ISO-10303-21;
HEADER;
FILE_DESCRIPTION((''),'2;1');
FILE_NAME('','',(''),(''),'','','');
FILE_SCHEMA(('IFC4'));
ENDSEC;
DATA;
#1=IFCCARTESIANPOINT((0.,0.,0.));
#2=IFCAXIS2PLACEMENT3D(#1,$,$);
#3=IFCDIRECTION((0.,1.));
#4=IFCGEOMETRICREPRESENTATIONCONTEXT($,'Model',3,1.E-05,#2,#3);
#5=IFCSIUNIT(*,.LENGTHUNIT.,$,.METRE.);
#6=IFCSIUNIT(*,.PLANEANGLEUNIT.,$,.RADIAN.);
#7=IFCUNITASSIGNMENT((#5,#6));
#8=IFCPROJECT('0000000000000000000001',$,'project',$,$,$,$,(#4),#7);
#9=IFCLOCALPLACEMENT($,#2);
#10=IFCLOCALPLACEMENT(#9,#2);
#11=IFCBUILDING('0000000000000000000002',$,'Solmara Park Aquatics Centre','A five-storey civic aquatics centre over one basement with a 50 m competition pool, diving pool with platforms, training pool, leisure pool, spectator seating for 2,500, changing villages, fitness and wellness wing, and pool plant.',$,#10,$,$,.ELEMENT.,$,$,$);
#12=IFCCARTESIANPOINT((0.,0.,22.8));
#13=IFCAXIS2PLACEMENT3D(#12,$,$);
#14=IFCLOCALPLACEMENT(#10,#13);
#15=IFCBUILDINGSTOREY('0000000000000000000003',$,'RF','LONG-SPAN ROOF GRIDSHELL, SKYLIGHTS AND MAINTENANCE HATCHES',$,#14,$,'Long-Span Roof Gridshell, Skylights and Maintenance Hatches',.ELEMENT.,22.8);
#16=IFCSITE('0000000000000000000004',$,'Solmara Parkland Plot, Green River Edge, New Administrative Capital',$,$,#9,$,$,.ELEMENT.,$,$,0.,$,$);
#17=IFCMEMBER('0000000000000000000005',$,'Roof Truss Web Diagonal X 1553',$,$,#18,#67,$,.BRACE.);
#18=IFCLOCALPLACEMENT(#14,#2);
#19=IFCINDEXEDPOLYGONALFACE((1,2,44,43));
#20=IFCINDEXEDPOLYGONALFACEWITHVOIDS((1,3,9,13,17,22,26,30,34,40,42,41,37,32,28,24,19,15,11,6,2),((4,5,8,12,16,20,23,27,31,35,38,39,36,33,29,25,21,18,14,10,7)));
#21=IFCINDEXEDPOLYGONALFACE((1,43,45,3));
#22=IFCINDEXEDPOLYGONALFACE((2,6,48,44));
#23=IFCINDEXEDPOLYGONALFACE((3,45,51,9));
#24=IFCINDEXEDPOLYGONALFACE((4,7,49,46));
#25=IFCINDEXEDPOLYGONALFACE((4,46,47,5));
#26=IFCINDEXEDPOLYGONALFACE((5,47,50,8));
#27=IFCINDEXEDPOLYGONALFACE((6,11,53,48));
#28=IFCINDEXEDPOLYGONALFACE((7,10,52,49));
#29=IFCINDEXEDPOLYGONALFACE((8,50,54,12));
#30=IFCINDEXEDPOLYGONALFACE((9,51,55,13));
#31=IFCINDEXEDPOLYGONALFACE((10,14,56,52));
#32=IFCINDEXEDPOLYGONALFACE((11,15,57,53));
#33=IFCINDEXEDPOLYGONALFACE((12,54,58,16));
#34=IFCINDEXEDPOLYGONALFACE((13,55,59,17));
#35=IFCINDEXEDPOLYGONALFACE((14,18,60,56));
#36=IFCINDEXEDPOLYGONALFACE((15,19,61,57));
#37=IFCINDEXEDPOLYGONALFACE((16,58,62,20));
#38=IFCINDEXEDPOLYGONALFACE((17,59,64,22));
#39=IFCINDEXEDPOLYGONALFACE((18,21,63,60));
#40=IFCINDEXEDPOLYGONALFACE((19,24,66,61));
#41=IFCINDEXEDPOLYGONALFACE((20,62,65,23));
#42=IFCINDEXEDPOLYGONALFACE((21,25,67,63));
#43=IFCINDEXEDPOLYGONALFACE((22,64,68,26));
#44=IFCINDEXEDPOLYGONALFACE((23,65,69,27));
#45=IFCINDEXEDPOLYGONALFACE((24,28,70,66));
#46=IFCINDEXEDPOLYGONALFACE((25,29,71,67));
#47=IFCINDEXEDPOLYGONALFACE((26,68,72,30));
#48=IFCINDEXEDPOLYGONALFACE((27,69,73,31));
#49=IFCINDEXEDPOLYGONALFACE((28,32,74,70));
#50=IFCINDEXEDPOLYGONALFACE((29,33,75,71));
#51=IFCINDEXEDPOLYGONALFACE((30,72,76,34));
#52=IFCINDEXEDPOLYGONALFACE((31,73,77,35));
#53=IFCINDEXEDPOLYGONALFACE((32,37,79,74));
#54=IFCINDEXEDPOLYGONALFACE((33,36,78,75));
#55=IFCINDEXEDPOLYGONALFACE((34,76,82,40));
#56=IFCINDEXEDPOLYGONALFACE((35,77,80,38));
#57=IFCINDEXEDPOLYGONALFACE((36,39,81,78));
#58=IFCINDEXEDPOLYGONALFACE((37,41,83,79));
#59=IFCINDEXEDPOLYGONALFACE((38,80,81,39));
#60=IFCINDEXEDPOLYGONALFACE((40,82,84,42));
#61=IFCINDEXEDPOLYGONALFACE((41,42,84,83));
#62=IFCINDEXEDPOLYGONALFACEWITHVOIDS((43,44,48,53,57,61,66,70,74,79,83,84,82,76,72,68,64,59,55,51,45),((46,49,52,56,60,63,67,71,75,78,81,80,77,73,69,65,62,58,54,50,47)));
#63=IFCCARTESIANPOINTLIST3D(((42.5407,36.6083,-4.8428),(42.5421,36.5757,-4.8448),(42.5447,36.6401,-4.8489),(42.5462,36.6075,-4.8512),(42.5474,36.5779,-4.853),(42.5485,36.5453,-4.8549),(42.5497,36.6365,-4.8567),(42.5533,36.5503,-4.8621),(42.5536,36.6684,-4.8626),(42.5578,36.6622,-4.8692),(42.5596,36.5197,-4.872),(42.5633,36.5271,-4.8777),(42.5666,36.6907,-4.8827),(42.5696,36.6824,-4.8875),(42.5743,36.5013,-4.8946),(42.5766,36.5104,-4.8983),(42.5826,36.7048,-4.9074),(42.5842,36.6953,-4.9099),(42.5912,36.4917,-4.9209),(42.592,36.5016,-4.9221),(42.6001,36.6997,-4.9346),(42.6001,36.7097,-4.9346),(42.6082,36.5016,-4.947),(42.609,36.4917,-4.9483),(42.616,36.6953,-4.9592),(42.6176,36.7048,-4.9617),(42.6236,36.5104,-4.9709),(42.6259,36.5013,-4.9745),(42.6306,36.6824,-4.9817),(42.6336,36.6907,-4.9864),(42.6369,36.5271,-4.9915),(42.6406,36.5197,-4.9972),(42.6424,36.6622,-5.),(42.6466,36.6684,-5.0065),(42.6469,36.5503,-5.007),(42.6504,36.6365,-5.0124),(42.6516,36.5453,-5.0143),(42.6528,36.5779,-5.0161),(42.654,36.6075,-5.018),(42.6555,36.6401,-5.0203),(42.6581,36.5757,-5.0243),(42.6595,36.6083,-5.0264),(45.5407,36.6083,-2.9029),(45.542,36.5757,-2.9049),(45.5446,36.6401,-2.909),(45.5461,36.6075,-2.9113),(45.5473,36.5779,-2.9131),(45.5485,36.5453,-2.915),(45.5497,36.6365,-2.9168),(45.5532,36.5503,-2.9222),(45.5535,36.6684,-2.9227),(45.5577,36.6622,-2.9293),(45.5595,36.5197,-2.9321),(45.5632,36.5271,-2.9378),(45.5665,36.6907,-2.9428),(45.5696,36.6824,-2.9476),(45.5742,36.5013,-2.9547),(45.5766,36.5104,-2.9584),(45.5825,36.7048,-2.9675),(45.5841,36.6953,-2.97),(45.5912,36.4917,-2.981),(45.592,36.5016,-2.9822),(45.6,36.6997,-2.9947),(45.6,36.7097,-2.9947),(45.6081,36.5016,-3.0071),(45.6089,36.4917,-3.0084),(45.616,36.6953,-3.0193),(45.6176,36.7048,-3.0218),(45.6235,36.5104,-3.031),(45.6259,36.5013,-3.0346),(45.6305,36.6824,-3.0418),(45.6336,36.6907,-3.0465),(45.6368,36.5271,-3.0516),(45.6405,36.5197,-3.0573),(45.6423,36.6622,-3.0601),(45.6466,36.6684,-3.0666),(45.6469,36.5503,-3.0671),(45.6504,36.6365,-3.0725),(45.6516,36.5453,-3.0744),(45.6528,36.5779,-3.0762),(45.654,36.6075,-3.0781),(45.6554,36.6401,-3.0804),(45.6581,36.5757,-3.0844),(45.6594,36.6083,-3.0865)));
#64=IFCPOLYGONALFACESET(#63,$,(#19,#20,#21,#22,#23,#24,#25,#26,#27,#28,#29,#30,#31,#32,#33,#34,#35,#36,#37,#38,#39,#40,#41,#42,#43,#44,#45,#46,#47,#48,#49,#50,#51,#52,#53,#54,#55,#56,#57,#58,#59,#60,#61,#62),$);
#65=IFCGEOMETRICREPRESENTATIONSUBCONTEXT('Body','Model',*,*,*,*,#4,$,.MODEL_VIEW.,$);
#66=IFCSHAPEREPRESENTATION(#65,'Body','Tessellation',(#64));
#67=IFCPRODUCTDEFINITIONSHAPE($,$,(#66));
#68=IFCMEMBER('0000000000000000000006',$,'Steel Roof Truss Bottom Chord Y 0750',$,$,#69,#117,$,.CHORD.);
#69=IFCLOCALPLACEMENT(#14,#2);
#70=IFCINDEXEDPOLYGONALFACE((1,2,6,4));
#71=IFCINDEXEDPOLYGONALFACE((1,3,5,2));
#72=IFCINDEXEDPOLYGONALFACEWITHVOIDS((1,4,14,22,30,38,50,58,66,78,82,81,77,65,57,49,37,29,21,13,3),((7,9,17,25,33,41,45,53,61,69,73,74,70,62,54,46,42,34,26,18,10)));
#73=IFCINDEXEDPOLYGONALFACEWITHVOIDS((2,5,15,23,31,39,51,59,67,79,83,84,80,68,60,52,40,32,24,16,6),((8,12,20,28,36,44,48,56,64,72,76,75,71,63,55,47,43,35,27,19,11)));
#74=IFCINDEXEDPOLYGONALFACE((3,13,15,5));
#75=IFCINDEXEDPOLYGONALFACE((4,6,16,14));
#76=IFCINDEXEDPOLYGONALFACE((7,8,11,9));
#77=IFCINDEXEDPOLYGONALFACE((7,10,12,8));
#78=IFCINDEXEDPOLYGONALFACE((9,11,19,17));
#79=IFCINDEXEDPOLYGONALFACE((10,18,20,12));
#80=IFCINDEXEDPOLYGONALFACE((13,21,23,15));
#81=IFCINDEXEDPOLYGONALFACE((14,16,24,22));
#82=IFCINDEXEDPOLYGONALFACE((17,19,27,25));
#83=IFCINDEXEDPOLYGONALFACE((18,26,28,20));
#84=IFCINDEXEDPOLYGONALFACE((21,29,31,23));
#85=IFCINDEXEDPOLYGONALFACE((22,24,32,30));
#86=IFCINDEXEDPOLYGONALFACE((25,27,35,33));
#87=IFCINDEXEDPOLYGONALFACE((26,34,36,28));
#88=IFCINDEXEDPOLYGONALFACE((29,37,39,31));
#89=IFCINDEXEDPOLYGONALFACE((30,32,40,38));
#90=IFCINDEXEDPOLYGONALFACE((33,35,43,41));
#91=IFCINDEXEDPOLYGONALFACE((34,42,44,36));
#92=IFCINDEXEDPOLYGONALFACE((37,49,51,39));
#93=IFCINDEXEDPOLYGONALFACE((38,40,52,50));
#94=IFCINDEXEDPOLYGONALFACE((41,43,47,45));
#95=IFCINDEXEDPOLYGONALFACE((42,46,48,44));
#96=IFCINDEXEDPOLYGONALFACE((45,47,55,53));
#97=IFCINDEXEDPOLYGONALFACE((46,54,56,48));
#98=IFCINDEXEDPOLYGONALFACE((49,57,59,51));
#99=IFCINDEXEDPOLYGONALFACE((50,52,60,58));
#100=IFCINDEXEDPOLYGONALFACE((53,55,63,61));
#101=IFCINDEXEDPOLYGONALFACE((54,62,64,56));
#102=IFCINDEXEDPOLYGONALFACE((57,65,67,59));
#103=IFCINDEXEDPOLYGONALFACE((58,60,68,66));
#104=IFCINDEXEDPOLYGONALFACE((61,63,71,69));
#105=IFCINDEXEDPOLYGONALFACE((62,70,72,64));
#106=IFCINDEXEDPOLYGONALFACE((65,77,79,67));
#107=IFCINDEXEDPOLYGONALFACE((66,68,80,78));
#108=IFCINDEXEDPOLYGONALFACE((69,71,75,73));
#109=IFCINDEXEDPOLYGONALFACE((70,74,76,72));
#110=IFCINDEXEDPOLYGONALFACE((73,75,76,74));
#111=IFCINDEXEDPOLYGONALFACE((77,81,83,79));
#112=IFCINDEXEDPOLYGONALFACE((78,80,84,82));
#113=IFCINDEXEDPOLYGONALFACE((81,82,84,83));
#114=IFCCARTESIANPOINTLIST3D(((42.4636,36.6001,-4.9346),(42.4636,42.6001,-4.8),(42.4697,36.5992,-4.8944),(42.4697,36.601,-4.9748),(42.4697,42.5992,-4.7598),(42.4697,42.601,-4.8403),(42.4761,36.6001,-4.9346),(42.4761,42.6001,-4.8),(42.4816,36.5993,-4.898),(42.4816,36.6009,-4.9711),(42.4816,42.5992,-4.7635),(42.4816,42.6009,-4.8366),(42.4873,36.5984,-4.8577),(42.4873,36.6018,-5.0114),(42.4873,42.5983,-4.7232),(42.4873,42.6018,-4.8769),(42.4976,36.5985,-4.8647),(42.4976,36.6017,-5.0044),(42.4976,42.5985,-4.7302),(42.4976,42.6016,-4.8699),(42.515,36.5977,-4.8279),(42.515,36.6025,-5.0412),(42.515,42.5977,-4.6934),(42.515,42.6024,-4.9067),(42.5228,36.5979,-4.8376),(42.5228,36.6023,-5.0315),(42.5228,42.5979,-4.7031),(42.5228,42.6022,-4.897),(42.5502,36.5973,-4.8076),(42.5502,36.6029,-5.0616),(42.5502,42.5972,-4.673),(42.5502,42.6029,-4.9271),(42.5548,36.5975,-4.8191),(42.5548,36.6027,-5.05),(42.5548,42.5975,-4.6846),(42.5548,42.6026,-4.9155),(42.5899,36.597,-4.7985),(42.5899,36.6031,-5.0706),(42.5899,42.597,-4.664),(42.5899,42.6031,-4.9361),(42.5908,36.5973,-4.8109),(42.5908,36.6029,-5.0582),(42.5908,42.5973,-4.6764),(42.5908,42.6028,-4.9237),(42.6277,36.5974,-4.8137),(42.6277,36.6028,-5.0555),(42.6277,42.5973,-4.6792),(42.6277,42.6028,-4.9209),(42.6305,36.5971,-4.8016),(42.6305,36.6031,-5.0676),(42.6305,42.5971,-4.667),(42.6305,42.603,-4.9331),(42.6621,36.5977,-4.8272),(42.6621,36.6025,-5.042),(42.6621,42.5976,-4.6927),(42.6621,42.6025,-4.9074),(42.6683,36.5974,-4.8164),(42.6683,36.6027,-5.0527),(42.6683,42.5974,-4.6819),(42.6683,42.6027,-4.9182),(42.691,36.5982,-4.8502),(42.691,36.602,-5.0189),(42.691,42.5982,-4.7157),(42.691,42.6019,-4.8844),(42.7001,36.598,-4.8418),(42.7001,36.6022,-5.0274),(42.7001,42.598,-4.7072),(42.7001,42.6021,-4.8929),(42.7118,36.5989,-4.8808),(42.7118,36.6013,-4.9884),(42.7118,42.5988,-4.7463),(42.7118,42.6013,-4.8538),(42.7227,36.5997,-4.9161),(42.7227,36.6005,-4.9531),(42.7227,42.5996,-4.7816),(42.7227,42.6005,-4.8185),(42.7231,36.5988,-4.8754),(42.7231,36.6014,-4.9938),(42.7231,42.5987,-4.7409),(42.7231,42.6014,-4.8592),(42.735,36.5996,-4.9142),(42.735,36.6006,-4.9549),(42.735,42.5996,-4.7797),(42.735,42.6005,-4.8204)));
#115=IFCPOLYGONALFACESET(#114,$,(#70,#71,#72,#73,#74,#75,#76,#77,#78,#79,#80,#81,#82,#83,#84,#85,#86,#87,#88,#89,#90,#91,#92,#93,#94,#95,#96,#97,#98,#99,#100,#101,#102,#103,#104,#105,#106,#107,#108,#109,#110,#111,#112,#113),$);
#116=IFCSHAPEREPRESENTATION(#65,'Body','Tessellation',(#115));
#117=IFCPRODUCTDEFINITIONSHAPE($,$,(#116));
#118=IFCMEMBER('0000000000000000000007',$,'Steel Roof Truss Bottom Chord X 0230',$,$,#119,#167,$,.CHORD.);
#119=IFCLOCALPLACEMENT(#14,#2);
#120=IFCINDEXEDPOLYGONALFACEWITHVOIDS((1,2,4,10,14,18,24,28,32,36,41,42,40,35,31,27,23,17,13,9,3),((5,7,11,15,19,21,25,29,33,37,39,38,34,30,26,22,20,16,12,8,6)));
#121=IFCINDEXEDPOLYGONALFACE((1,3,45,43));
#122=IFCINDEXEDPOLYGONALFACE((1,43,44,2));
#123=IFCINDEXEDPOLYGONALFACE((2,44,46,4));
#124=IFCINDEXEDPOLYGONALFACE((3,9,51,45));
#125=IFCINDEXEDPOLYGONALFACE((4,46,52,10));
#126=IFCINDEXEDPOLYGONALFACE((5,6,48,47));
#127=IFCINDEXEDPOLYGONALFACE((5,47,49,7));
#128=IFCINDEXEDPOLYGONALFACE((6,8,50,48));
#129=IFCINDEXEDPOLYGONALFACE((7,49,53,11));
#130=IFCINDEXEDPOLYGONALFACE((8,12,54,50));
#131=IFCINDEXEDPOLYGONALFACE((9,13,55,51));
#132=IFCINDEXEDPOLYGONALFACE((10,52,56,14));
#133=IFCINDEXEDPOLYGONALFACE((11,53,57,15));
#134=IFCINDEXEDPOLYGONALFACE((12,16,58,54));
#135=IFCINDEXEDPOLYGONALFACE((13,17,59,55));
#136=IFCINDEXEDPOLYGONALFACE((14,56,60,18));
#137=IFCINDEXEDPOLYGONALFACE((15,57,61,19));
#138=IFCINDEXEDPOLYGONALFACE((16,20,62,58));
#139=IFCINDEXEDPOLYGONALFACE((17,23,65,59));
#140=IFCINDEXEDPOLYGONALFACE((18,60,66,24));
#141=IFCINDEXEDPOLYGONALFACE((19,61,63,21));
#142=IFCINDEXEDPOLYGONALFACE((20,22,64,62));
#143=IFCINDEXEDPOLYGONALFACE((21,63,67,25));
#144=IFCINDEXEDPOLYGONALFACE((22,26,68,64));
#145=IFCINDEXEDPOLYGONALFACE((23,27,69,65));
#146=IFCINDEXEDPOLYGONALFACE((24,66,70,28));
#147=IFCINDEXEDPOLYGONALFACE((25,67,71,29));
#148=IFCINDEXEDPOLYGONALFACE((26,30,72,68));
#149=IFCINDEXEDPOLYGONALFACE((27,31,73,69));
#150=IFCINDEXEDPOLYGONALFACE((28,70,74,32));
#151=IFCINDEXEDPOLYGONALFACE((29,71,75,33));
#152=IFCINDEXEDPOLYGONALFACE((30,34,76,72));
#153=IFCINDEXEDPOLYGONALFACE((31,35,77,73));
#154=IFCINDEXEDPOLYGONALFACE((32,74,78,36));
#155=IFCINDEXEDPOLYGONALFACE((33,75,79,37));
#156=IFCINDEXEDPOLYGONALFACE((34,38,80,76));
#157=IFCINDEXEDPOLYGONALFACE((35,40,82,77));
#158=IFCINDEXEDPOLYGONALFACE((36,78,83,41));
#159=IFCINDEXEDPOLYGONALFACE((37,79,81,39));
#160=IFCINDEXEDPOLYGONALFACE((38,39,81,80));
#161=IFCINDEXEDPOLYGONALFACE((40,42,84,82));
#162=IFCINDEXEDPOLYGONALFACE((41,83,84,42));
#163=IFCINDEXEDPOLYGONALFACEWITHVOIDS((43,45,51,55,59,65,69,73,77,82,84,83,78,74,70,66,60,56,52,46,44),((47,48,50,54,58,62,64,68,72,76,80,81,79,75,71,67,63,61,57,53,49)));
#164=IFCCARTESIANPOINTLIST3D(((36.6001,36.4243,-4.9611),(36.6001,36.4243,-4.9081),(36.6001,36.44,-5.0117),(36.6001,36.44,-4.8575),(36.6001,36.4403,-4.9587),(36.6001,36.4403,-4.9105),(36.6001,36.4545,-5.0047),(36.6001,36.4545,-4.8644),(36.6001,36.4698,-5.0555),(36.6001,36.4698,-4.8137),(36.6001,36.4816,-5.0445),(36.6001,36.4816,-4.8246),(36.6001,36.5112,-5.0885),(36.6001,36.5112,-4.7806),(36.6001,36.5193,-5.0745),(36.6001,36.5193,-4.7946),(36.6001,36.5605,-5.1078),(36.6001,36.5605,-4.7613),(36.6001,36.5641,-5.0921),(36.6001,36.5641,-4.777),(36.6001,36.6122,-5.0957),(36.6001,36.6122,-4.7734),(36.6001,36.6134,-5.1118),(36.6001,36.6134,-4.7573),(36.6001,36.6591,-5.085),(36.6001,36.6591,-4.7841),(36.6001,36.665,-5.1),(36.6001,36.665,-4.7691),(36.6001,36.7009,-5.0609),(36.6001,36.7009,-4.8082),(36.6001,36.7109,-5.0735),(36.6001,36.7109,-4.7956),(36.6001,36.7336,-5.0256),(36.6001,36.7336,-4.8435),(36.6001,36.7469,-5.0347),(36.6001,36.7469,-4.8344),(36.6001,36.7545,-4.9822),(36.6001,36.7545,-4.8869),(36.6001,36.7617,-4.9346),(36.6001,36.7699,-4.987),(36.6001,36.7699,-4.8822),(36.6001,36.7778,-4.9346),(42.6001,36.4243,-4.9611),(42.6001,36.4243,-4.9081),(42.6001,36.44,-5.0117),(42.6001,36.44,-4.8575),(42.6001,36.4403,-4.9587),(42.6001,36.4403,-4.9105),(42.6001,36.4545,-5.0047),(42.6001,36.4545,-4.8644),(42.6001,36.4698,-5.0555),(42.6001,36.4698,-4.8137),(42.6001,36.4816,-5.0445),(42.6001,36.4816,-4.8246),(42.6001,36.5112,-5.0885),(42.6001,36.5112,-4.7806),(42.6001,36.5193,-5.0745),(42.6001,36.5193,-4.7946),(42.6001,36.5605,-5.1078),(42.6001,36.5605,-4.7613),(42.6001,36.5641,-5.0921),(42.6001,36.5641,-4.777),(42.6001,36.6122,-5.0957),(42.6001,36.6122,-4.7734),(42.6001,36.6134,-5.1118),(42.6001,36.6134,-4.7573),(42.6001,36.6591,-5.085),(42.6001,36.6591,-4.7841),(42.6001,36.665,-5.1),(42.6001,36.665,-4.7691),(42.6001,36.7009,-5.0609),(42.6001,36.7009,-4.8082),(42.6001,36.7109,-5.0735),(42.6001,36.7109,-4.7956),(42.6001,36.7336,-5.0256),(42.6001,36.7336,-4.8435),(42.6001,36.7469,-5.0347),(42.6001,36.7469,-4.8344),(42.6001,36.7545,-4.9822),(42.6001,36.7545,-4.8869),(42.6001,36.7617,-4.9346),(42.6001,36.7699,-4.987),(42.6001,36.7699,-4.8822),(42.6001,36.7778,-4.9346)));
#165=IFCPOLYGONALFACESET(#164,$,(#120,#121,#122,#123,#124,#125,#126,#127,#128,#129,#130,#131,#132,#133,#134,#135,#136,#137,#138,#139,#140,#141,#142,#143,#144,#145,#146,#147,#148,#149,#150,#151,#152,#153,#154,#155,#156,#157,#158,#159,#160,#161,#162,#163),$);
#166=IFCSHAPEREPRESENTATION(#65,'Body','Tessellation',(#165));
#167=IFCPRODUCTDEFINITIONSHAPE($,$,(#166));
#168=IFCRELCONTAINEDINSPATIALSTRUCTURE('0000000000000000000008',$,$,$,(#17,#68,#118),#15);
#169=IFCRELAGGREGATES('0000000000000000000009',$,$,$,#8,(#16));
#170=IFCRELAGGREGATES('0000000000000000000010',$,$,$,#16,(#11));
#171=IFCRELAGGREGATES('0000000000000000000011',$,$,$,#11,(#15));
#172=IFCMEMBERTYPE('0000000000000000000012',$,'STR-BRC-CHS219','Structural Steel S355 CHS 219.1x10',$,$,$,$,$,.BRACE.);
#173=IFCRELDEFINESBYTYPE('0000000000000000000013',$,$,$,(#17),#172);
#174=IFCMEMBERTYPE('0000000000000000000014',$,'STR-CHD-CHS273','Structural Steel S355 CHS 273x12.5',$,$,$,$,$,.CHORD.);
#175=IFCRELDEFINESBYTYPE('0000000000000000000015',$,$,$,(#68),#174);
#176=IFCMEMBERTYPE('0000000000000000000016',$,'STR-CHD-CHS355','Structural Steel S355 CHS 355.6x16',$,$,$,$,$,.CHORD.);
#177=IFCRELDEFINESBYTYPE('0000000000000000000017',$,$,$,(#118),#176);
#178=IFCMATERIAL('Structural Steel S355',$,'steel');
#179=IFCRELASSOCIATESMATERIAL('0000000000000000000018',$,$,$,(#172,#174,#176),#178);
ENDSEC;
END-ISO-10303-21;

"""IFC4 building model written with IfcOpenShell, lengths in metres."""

from ifc_helpers import new_model, si_unit, direction, frame, origin, origin_2d, place, context, subcontext, project, spatial, hollow_circle, extrude, material, material_profile, profile_set, type_object, element, save


model = new_model("IFC4")

# Units and contexts
model_context = context("Model", 3, precision=1e-05, world=origin(), true_north=direction((0.0, 1.0)))
body_context = subcontext(model_context, "Body", "Model", "MODEL_VIEW")
ifc_project = project(units=[si_unit("LENGTHUNIT", "METRE"), si_unit("PLANEANGLEUNIT", "RADIAN")], contexts=[model_context])

# Site, building, storey
site_placement = place(None, origin())
site = spatial("IfcSite", under=ifc_project, at=site_placement, Name="Solmara Parkland Plot, Green River Edge, New Administrative Capital", CompositionType="ELEMENT", RefElevation=0.0)
building_placement = place(site_placement, origin())
building = spatial("IfcBuilding", under=site, at=building_placement, Name="Solmara Park Aquatics Centre", Description="A five-storey civic aquatics centre over one basement with a 50 m competition pool, diving pool with platforms, training pool, leisure pool, spectator seating for 2,500, changing villages, fitness and wellness wing, and pool plant.", CompositionType="ELEMENT")
storey_placement = place(building_placement, frame((0.0, 0.0, 22.8)))
storey = spatial("IfcBuildingStorey", under=building, at=storey_placement, Name="RF", Description="LONG-SPAN ROOF GRIDSHELL, SKYLIGHTS AND MAINTENANCE HATCHES", LongName="Long-Span Roof Gridshell, Skylights and Maintenance Hatches", CompositionType="ELEMENT", Elevation=22.8)

# Members
ifc_material_1 = material(Name="Structural Steel S355", Category="steel")
ifc_material_profile_1 = material_profile(ifc_material_1, hollow_circle(Radius=0.1096, WallThickness=0.01, at=origin_2d()), Name="CHS 219.1x10")
ifc_profile_set_1 = profile_set([ifc_material_profile_1], Name="Structural Steel S355")
member_type_1 = type_object("IfcMemberType", Name="STR-BRC-CHS219", Description="Structural Steel S355 CHS 219.1x10", PredefinedType="BRACE", material=ifc_profile_set_1)
for number, where, z_axis, x_axis, name in (
    (1, (42.6001, 36.6001, -4.9346), (0.839728, 0.0, 0.543008), (0.0, 1.0, 0.0), "Roof Truss Web Diagonal X 1553"),
):
    element("IfcMember", number, at=place(storey_placement, frame(where, z_axis=z_axis, x_axis=x_axis)), inside=storey, type_object=member_type_1, Name=name, PredefinedType="BRACE", context=body_context, shape_type="SweptSolid", body=[
        extrude(hollow_circle(Radius=0.1096, WallThickness=0.01, at=origin_2d()), origin(), (0.0, 0.0, 1.0), 3.5725),
    ])
ifc_material_profile_2 = material_profile(ifc_material_1, hollow_circle(Radius=0.1365, WallThickness=0.0125, at=origin_2d()), Name="CHS 273x12.5")
ifc_profile_set_2 = profile_set([ifc_material_profile_2], Name="Structural Steel S355")
member_type_2 = type_object("IfcMemberType", Name="STR-CHD-CHS273", Description="Structural Steel S355 CHS 273x12.5", PredefinedType="CHORD", material=ifc_profile_set_2)
member_1_placement = place(storey_placement, frame((42.6001, 36.6001, -4.9346), z_axis=(0.0, 0.999749, 0.022415), x_axis=(-1.0, 0.0, 0.0)))
element("IfcMember", 2, at=member_1_placement, inside=storey, type_object=member_type_2, Name="Steel Roof Truss Bottom Chord Y 0750", PredefinedType="CHORD", context=body_context, shape_type="SweptSolid", body=[
    extrude(hollow_circle(Radius=0.1365, WallThickness=0.0125, at=origin_2d()), origin(), (0.0, 0.0, 1.0), 6.0015),
])
ifc_material_profile_3 = material_profile(ifc_material_1, hollow_circle(Radius=0.1777, WallThickness=0.0161, at=origin_2d()), Name="CHS 355.6x16")
ifc_profile_set_3 = profile_set([ifc_material_profile_3], Name="Structural Steel S355")
member_type_3 = type_object("IfcMemberType", Name="STR-CHD-CHS355", Description="Structural Steel S355 CHS 355.6x16", PredefinedType="CHORD", material=ifc_profile_set_3)
for number, where, z_axis, x_axis, name in (
    (3, (36.6001, 36.6001, -4.9346), (1.0, 0.0, 0.0), (0.0, 1.0, 0.0), "Steel Roof Truss Bottom Chord X 0230"),
):
    element("IfcMember", number, at=place(storey_placement, frame(where, z_axis=z_axis, x_axis=x_axis)), inside=storey, type_object=member_type_3, Name=name, PredefinedType="CHORD", context=body_context, shape_type="SweptSolid", body=[
        extrude(hollow_circle(Radius=0.1777, WallThickness=0.0161, at=origin_2d()), origin(), (0.0, 0.0, 1.0), 6.0),
    ])

save(model, "model.ifc")
